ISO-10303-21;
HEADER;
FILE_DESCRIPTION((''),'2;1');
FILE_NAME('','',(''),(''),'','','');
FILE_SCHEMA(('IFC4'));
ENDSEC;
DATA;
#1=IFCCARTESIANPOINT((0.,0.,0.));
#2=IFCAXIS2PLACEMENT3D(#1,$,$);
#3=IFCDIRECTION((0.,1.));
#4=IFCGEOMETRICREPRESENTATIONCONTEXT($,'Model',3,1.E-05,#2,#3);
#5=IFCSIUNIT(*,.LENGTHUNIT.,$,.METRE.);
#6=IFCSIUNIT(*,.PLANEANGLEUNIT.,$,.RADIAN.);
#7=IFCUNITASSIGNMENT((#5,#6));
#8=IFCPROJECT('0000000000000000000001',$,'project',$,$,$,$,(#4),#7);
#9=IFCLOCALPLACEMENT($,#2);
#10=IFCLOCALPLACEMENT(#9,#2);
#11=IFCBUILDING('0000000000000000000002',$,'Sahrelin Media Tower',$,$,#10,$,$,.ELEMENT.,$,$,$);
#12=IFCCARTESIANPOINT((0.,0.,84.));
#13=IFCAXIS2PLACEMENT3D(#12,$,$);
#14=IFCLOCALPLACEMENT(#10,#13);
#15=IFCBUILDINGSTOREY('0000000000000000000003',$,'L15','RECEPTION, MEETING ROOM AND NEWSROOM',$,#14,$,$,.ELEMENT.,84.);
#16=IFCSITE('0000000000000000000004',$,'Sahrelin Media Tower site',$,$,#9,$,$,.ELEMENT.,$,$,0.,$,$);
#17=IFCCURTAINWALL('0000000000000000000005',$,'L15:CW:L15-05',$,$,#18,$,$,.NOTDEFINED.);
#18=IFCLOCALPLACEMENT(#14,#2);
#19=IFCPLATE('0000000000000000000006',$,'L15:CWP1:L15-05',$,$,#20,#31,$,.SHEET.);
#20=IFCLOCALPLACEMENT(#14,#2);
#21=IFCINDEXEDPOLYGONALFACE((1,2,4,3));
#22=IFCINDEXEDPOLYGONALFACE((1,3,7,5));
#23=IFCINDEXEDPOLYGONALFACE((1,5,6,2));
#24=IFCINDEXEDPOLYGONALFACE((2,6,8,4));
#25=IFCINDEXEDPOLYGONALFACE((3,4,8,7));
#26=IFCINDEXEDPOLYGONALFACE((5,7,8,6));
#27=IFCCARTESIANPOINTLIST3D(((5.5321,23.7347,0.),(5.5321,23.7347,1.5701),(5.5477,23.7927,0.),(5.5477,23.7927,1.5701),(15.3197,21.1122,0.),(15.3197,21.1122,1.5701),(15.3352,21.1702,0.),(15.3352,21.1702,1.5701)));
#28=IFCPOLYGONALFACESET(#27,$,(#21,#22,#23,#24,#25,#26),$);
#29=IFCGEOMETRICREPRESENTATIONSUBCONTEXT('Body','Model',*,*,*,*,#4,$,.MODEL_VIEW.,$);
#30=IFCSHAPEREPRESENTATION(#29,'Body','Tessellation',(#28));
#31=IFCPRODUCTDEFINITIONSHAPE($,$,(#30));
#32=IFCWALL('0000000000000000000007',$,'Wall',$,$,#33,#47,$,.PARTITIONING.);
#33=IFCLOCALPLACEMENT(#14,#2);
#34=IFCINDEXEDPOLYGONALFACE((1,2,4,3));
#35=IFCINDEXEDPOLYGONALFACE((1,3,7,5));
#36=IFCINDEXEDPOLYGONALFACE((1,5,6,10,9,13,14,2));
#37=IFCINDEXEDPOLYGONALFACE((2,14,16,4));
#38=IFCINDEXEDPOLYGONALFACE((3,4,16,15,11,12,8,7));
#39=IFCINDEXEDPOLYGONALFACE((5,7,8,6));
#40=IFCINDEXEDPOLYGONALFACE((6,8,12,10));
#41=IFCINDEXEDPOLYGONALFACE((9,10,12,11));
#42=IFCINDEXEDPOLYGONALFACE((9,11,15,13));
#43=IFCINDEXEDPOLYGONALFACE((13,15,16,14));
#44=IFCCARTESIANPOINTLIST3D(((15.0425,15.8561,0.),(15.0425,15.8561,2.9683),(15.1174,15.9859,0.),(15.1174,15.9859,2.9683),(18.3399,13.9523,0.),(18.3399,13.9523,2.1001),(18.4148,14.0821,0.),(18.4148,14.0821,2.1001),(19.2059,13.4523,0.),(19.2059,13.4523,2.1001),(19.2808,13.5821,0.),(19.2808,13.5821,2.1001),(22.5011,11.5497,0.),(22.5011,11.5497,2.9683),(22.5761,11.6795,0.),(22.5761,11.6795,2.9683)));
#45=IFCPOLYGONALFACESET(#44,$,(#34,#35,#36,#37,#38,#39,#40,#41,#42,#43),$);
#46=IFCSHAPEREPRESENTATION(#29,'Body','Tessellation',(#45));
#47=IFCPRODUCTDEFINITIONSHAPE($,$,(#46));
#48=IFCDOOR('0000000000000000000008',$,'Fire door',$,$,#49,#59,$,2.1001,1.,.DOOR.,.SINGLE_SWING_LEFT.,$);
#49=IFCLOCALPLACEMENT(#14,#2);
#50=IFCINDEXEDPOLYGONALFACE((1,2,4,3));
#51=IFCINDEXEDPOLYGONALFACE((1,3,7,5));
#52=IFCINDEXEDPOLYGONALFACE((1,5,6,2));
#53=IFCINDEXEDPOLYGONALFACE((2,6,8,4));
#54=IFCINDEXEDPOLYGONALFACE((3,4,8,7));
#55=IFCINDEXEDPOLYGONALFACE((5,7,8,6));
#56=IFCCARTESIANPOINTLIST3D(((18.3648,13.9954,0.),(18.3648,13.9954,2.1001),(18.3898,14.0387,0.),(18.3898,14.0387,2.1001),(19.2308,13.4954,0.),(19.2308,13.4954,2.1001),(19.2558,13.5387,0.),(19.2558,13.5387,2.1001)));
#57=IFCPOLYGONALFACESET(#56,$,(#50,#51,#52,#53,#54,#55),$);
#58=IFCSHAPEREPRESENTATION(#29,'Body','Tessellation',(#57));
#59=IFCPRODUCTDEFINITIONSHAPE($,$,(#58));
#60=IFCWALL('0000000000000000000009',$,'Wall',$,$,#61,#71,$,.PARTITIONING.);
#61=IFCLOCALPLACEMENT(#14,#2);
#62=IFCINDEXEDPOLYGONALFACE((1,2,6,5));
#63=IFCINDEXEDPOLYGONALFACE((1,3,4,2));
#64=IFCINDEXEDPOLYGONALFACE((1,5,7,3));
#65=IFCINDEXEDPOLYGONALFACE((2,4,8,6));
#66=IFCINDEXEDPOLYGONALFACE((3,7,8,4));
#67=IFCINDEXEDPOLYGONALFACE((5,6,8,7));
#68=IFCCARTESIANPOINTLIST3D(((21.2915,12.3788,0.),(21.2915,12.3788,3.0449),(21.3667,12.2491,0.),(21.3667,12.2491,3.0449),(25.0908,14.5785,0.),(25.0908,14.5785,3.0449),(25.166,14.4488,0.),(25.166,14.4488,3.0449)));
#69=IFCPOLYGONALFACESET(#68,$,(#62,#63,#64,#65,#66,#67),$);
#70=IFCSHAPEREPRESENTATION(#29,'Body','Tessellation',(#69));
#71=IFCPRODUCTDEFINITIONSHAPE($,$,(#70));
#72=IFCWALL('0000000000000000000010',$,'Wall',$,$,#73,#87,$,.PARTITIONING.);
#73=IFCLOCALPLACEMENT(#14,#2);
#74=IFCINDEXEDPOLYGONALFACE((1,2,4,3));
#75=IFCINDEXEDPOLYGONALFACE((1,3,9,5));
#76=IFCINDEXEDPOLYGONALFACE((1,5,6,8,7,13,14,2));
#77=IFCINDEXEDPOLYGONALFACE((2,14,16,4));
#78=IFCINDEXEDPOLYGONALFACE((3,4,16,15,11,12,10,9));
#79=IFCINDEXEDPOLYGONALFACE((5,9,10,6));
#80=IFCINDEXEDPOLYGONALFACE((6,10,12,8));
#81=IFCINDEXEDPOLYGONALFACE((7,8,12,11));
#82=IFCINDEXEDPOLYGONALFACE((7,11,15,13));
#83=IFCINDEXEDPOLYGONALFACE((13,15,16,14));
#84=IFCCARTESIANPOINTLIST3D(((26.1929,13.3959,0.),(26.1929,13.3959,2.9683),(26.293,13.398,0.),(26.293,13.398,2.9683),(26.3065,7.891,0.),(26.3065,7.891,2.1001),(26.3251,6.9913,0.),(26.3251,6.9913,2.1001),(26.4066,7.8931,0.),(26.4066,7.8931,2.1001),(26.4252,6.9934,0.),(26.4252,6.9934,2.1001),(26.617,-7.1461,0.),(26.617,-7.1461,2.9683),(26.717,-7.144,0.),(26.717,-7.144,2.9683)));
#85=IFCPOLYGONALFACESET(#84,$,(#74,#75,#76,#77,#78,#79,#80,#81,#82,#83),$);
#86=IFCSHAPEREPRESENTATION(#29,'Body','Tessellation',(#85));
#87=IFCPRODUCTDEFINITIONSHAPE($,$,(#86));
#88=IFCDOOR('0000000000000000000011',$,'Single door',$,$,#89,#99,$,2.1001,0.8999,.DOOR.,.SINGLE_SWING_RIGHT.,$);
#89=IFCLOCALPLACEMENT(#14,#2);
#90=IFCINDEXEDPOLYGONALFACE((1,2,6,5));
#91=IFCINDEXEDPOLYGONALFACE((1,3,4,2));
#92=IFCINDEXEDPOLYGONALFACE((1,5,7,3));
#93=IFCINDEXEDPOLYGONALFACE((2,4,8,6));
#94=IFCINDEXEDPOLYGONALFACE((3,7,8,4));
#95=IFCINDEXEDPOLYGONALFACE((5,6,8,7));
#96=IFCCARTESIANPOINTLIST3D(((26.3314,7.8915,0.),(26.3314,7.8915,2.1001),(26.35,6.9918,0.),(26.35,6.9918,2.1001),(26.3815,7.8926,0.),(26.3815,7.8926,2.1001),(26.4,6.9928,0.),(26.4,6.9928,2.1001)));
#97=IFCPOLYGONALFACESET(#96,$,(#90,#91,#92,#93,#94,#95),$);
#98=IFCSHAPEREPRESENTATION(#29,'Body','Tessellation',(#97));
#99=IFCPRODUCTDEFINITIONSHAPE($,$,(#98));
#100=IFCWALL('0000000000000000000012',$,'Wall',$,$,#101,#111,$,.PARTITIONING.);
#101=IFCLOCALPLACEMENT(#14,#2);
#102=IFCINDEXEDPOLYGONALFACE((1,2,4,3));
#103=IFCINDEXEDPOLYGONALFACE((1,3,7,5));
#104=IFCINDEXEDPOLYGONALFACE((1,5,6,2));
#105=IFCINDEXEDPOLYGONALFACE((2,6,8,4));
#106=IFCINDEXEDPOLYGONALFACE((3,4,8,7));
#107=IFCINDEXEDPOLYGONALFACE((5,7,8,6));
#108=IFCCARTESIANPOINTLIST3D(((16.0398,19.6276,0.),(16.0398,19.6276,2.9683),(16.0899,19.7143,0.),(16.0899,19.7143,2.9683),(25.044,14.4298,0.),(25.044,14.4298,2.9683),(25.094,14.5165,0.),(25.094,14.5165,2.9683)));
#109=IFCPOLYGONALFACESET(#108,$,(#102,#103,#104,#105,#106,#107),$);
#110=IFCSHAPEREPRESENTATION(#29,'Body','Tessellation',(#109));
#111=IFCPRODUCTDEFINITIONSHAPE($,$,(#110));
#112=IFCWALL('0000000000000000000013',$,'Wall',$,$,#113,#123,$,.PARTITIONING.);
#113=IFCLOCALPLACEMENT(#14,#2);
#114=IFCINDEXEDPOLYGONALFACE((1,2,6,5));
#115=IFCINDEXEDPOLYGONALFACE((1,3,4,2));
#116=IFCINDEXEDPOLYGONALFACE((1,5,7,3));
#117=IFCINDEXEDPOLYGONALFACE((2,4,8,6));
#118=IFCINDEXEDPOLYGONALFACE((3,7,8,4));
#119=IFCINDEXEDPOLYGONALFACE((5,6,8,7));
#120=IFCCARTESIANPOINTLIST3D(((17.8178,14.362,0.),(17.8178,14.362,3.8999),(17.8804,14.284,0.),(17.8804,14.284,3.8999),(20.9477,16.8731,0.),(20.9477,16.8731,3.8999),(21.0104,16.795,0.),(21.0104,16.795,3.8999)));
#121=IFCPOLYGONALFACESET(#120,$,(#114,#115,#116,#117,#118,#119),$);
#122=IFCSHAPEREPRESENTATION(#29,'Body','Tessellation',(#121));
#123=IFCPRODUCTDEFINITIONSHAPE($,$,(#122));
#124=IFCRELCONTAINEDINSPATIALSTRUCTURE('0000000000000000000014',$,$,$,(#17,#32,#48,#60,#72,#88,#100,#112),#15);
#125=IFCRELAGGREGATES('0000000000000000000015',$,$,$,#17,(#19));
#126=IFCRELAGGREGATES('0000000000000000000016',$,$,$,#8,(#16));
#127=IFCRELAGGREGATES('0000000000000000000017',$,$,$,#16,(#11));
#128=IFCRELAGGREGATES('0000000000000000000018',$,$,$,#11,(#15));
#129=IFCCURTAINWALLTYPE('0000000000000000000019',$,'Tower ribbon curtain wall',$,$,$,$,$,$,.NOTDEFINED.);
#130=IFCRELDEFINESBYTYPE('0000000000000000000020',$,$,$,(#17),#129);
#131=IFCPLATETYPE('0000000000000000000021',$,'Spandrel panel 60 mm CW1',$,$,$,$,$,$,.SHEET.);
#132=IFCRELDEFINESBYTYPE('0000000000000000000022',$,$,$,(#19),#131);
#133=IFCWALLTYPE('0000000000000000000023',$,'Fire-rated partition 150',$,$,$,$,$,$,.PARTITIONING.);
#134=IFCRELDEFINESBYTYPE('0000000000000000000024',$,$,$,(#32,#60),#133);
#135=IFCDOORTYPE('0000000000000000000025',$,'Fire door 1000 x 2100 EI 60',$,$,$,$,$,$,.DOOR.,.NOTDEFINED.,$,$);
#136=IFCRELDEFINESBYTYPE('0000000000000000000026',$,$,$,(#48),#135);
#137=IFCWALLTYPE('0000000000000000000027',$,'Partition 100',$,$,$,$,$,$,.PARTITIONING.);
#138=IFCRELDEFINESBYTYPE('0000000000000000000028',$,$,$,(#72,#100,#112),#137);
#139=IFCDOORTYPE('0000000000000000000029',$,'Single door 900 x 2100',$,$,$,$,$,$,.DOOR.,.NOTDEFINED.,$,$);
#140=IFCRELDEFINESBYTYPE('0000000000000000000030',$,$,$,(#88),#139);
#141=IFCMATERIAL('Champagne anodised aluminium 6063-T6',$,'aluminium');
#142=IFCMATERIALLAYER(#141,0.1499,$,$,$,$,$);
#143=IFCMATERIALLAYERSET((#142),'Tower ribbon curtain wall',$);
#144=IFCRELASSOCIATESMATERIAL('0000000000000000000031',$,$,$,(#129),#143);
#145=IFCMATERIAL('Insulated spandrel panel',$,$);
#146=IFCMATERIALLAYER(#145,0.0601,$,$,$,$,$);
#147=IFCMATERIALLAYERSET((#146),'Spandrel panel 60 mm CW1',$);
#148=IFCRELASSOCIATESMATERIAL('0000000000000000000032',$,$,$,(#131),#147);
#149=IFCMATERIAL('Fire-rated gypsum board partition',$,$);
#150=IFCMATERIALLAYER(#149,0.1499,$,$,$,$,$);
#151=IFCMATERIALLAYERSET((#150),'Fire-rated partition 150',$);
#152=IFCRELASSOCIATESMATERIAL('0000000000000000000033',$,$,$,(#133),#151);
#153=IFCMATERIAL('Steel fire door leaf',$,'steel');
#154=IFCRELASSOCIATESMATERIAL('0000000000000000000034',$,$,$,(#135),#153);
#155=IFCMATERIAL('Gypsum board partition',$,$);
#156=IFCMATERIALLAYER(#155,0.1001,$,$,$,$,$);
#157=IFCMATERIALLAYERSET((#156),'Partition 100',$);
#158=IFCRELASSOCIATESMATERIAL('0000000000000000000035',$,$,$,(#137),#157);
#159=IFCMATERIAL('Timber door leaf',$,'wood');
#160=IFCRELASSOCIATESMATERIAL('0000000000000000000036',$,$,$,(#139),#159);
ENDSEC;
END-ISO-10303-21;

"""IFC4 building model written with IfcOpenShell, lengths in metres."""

from ifc_helpers import new_model, si_unit, direction, frame, frame_2d, origin, place, context, subcontext, project, spatial, polyline, rectangle, outline, extrude, material, layer, layer_set, type_object, element, fill, aggregate, save


model = new_model("IFC4")

# Units and contexts
model_context = context("Model", 3, precision=1e-05, world=origin(), true_north=direction((0.0, 1.0)))
body_context = subcontext(model_context, "Body", "Model", "MODEL_VIEW")
ifc_project = project(units=[si_unit("LENGTHUNIT", "METRE"), si_unit("PLANEANGLEUNIT", "RADIAN")], contexts=[model_context])

# Site, building, storey
site_placement = place(None, origin())
site = spatial("IfcSite", under=ifc_project, at=site_placement, Name="Sahrelin Media Tower site", CompositionType="ELEMENT", RefElevation=0.0)
building_placement = place(site_placement, origin())
building = spatial("IfcBuilding", under=site, at=building_placement, Name="Sahrelin Media Tower", CompositionType="ELEMENT")
storey_placement = place(building_placement, frame((0.0, 0.0, 84.0)))
storey = spatial("IfcBuildingStorey", under=building, at=storey_placement, Name="L15", Description="RECEPTION, MEETING ROOM AND NEWSROOM", CompositionType="ELEMENT", Elevation=84.0)

# Shared definitions
ifc_material_1 = material(Name="Champagne anodised aluminium 6063-T6", Category="aluminium")
ifc_layer_1 = layer(ifc_material_1, 0.1499)
ifc_layer_set_1 = layer_set([ifc_layer_1], Name="Tower ribbon curtain wall")
curtain_wall_type = type_object("IfcCurtainWallType", Name="Tower ribbon curtain wall", PredefinedType="NOTDEFINED", material=ifc_layer_set_1)

# Curtain wall
curtain_wall_1_placement = place(storey_placement, frame((10.4363, 22.4622, 0.0), z_axis=(0.0, 0.0, 1.0), x_axis=(1.0, 0.0, 0.0)))
curtain_wall_1 = element("IfcCurtainWall", 1, at=curtain_wall_1_placement, inside=storey, type_object=curtain_wall_type, Name="L15:CW:L15-05", PredefinedType="NOTDEFINED")

# Plate
ifc_material_2 = material(Name="Insulated spandrel panel")
ifc_layer_2 = layer(ifc_material_2, 0.0601)
ifc_layer_set_2 = layer_set([ifc_layer_2], Name="Spandrel panel 60 mm CW1")
plate_type_1 = type_object("IfcPlateType", Name="Spandrel panel 60 mm CW1", PredefinedType="SHEET", material=ifc_layer_set_2)
plate_1_placement = place(storey_placement, frame((15.3352, 21.1702, 0.0), z_axis=(0.258817, 0.965926, 0.0), x_axis=(-0.965926, 0.258817, 0.0)))
plate_1 = element("IfcPlate", 2, at=plate_1_placement, type_object=plate_type_1, Name="L15:CWP1:L15-05", PredefinedType="SHEET", context=body_context, shape_type="SweptSolid", body=[
    extrude(outline(polyline([(0.0, 0.0), (10.1328, 0.0), (10.1328, 1.5701), (0.0, 1.5701), (0.0, 0.0)])), origin(), (0.0, 0.0, -1.0), 0.0601),
])
aggregate(curtain_wall_1, [plate_1])

# Wall, opening, door
ifc_material_3 = material(Name="Fire-rated gypsum board partition")
ifc_layer_3 = layer(ifc_material_3, 0.1499)
ifc_layer_set_3 = layer_set([ifc_layer_3], Name="Fire-rated partition 150")
wall_type_1 = type_object("IfcWallType", Name="Fire-rated partition 150", PredefinedType="PARTITIONING", material=ifc_layer_set_3)
wall_1_placement = place(storey_placement, frame((15.0801, 15.9209, 0.0), z_axis=(0.0, 0.0, 1.0), x_axis=(0.866021, -0.500008, 0.0)))
wall_1 = element("IfcWall", 3, at=wall_1_placement, inside=storey, type_object=wall_type_1, Name="Wall", PredefinedType="PARTITIONING", context=body_context, shape_type="SweptSolid", body=[
    extrude(rectangle(XDim=8.6125, YDim=0.1499, at=frame_2d((4.3062, 0.0))), origin(), (0.0, 0.0, 1.0), 2.9683),
])
opening_1_placement = place(wall_1_placement, frame((3.8074, 0.0, 0.0)))
opening_1 = element("IfcOpeningElement", 4, at=opening_1_placement, cuts=wall_1, PredefinedType="OPENING", context=body_context, shape_type="SweptSolid", body=[
    extrude(rectangle(XDim=1.0, YDim=2.1001, at=frame_2d((0.5, 1.05))), frame((0.0, 0.075, 0.0), z_axis=(0.0, -1.0, 0.0), x_axis=(1.0, 0.0, 0.0)), (0.0, 0.0, 1.0), 0.1499),
])
ifc_material_4 = material(Name="Steel fire door leaf", Category="steel")
door_type_1 = type_object("IfcDoorType", Name="Fire door 1000 x 2100 EI 60", OperationType="NOTDEFINED", PredefinedType="DOOR", material=ifc_material_4)
door_1_placement = place(opening_1_placement, origin())
door_1 = element("IfcDoor", 5, at=door_1_placement, inside=storey, type_object=door_type_1, Name="Fire door", OperationType="SINGLE_SWING_LEFT", OverallHeight=2.1001, OverallWidth=1.0, PredefinedType="DOOR", context=body_context, shape_type="SweptSolid", body=[
    extrude(rectangle(XDim=1.0, YDim=2.1001, at=frame_2d((0.5, 1.05))), frame((0.0, 0.0249, 0.0), z_axis=(0.0, -1.0, 0.0), x_axis=(1.0, 0.0, 0.0)), (0.0, 0.0, 1.0), 0.05),
])
fill(opening_1, door_1)

# Wall
wall_2_placement = place(storey_placement, frame((21.3291, 12.314, 0.0), z_axis=(0.0, 0.0, 1.0), x_axis=(0.865416, 0.501054, 0.0)))
element("IfcWall", 6, at=wall_2_placement, inside=storey, type_object=wall_type_1, Name="Wall", PredefinedType="PARTITIONING", context=body_context, shape_type="SweptSolid", body=[
    extrude(rectangle(XDim=4.3901, YDim=0.1499, at=frame_2d((2.1951, 0.0))), origin(), (0.0, 0.0, 1.0), 3.0449),
])

# Wall, opening, door
ifc_material_5 = material(Name="Gypsum board partition")
ifc_layer_4 = layer(ifc_material_5, 0.1001)
ifc_layer_set_4 = layer_set([ifc_layer_4], Name="Partition 100")
wall_type_2 = type_object("IfcWallType", Name="Partition 100", PredefinedType="PARTITIONING", material=ifc_layer_set_4)
wall_3_placement = place(storey_placement, frame((26.2429, 13.397, 0.0), z_axis=(0.0, 0.0, 1.0), x_axis=(0.02064, -0.999787, 0.0)))
wall_3 = element("IfcWall", 7, at=wall_3_placement, inside=storey, type_object=wall_type_2, Name="Wall", PredefinedType="PARTITIONING", context=body_context, shape_type="SweptSolid", body=[
    extrude(rectangle(XDim=20.5464, YDim=0.1001, at=frame_2d((10.2732, 0.0))), origin(), (0.0, 0.0, 1.0), 2.9683),
])
opening_2_placement = place(wall_3_placement, frame((5.5061, 0.0, 0.0)))
opening_2 = element("IfcOpeningElement", 8, at=opening_2_placement, cuts=wall_3, PredefinedType="OPENING", context=body_context, shape_type="SweptSolid", body=[
    extrude(rectangle(XDim=0.8999, YDim=2.1001, at=frame_2d((0.45, 1.05))), frame((0.0, 0.05, 0.0), z_axis=(0.0, -1.0, 0.0), x_axis=(1.0, 0.0, 0.0)), (0.0, 0.0, 1.0), 0.1001),
])
ifc_material_6 = material(Name="Timber door leaf", Category="wood")
door_type_2 = type_object("IfcDoorType", Name="Single door 900 x 2100", OperationType="NOTDEFINED", PredefinedType="DOOR", material=ifc_material_6)
door_2_placement = place(opening_2_placement, origin())
door_2 = element("IfcDoor", 9, at=door_2_placement, inside=storey, type_object=door_type_2, Name="Single door", OperationType="SINGLE_SWING_RIGHT", OverallHeight=2.1001, OverallWidth=0.8999, PredefinedType="DOOR", context=body_context, shape_type="SweptSolid", body=[
    extrude(rectangle(XDim=0.8999, YDim=2.1001, at=frame_2d((0.45, 1.05))), frame((0.0, 0.0249, 0.0), z_axis=(0.0, -1.0, 0.0), x_axis=(1.0, 0.0, 0.0)), (0.0, 0.0, 1.0), 0.05),
])
fill(opening_2, door_2)

# Walls
wall_4_placement = place(storey_placement, frame((16.0649, 19.6709, 0.0), z_axis=(0.0, 0.0, 1.0), x_axis=(0.866059, -0.499943, 0.0)))
element("IfcWall", 10, at=wall_4_placement, inside=storey, type_object=wall_type_2, Name="Wall", PredefinedType="PARTITIONING", context=body_context, shape_type="SweptSolid", body=[
    extrude(rectangle(XDim=10.3967, YDim=0.1001, at=frame_2d((5.1982, 0.0))), origin(), (0.0, 0.0, 1.0), 2.9683),
])
wall_5_placement = place(storey_placement, frame((17.8491, 14.323, 0.0), z_axis=(0.0, 0.0, 1.0), x_axis=(0.780007, 0.62577, 0.0)))
element("IfcWall", 11, at=wall_5_placement, inside=storey, type_object=wall_type_2, Name="Wall", PredefinedType="PARTITIONING", context=body_context, shape_type="SweptSolid", body=[
    extrude(rectangle(XDim=4.0127, YDim=0.1001, at=frame_2d((2.0063, 0.0))), origin(), (0.0, 0.0, 1.0), 3.8999),
])

save(model, "model.ifc")
